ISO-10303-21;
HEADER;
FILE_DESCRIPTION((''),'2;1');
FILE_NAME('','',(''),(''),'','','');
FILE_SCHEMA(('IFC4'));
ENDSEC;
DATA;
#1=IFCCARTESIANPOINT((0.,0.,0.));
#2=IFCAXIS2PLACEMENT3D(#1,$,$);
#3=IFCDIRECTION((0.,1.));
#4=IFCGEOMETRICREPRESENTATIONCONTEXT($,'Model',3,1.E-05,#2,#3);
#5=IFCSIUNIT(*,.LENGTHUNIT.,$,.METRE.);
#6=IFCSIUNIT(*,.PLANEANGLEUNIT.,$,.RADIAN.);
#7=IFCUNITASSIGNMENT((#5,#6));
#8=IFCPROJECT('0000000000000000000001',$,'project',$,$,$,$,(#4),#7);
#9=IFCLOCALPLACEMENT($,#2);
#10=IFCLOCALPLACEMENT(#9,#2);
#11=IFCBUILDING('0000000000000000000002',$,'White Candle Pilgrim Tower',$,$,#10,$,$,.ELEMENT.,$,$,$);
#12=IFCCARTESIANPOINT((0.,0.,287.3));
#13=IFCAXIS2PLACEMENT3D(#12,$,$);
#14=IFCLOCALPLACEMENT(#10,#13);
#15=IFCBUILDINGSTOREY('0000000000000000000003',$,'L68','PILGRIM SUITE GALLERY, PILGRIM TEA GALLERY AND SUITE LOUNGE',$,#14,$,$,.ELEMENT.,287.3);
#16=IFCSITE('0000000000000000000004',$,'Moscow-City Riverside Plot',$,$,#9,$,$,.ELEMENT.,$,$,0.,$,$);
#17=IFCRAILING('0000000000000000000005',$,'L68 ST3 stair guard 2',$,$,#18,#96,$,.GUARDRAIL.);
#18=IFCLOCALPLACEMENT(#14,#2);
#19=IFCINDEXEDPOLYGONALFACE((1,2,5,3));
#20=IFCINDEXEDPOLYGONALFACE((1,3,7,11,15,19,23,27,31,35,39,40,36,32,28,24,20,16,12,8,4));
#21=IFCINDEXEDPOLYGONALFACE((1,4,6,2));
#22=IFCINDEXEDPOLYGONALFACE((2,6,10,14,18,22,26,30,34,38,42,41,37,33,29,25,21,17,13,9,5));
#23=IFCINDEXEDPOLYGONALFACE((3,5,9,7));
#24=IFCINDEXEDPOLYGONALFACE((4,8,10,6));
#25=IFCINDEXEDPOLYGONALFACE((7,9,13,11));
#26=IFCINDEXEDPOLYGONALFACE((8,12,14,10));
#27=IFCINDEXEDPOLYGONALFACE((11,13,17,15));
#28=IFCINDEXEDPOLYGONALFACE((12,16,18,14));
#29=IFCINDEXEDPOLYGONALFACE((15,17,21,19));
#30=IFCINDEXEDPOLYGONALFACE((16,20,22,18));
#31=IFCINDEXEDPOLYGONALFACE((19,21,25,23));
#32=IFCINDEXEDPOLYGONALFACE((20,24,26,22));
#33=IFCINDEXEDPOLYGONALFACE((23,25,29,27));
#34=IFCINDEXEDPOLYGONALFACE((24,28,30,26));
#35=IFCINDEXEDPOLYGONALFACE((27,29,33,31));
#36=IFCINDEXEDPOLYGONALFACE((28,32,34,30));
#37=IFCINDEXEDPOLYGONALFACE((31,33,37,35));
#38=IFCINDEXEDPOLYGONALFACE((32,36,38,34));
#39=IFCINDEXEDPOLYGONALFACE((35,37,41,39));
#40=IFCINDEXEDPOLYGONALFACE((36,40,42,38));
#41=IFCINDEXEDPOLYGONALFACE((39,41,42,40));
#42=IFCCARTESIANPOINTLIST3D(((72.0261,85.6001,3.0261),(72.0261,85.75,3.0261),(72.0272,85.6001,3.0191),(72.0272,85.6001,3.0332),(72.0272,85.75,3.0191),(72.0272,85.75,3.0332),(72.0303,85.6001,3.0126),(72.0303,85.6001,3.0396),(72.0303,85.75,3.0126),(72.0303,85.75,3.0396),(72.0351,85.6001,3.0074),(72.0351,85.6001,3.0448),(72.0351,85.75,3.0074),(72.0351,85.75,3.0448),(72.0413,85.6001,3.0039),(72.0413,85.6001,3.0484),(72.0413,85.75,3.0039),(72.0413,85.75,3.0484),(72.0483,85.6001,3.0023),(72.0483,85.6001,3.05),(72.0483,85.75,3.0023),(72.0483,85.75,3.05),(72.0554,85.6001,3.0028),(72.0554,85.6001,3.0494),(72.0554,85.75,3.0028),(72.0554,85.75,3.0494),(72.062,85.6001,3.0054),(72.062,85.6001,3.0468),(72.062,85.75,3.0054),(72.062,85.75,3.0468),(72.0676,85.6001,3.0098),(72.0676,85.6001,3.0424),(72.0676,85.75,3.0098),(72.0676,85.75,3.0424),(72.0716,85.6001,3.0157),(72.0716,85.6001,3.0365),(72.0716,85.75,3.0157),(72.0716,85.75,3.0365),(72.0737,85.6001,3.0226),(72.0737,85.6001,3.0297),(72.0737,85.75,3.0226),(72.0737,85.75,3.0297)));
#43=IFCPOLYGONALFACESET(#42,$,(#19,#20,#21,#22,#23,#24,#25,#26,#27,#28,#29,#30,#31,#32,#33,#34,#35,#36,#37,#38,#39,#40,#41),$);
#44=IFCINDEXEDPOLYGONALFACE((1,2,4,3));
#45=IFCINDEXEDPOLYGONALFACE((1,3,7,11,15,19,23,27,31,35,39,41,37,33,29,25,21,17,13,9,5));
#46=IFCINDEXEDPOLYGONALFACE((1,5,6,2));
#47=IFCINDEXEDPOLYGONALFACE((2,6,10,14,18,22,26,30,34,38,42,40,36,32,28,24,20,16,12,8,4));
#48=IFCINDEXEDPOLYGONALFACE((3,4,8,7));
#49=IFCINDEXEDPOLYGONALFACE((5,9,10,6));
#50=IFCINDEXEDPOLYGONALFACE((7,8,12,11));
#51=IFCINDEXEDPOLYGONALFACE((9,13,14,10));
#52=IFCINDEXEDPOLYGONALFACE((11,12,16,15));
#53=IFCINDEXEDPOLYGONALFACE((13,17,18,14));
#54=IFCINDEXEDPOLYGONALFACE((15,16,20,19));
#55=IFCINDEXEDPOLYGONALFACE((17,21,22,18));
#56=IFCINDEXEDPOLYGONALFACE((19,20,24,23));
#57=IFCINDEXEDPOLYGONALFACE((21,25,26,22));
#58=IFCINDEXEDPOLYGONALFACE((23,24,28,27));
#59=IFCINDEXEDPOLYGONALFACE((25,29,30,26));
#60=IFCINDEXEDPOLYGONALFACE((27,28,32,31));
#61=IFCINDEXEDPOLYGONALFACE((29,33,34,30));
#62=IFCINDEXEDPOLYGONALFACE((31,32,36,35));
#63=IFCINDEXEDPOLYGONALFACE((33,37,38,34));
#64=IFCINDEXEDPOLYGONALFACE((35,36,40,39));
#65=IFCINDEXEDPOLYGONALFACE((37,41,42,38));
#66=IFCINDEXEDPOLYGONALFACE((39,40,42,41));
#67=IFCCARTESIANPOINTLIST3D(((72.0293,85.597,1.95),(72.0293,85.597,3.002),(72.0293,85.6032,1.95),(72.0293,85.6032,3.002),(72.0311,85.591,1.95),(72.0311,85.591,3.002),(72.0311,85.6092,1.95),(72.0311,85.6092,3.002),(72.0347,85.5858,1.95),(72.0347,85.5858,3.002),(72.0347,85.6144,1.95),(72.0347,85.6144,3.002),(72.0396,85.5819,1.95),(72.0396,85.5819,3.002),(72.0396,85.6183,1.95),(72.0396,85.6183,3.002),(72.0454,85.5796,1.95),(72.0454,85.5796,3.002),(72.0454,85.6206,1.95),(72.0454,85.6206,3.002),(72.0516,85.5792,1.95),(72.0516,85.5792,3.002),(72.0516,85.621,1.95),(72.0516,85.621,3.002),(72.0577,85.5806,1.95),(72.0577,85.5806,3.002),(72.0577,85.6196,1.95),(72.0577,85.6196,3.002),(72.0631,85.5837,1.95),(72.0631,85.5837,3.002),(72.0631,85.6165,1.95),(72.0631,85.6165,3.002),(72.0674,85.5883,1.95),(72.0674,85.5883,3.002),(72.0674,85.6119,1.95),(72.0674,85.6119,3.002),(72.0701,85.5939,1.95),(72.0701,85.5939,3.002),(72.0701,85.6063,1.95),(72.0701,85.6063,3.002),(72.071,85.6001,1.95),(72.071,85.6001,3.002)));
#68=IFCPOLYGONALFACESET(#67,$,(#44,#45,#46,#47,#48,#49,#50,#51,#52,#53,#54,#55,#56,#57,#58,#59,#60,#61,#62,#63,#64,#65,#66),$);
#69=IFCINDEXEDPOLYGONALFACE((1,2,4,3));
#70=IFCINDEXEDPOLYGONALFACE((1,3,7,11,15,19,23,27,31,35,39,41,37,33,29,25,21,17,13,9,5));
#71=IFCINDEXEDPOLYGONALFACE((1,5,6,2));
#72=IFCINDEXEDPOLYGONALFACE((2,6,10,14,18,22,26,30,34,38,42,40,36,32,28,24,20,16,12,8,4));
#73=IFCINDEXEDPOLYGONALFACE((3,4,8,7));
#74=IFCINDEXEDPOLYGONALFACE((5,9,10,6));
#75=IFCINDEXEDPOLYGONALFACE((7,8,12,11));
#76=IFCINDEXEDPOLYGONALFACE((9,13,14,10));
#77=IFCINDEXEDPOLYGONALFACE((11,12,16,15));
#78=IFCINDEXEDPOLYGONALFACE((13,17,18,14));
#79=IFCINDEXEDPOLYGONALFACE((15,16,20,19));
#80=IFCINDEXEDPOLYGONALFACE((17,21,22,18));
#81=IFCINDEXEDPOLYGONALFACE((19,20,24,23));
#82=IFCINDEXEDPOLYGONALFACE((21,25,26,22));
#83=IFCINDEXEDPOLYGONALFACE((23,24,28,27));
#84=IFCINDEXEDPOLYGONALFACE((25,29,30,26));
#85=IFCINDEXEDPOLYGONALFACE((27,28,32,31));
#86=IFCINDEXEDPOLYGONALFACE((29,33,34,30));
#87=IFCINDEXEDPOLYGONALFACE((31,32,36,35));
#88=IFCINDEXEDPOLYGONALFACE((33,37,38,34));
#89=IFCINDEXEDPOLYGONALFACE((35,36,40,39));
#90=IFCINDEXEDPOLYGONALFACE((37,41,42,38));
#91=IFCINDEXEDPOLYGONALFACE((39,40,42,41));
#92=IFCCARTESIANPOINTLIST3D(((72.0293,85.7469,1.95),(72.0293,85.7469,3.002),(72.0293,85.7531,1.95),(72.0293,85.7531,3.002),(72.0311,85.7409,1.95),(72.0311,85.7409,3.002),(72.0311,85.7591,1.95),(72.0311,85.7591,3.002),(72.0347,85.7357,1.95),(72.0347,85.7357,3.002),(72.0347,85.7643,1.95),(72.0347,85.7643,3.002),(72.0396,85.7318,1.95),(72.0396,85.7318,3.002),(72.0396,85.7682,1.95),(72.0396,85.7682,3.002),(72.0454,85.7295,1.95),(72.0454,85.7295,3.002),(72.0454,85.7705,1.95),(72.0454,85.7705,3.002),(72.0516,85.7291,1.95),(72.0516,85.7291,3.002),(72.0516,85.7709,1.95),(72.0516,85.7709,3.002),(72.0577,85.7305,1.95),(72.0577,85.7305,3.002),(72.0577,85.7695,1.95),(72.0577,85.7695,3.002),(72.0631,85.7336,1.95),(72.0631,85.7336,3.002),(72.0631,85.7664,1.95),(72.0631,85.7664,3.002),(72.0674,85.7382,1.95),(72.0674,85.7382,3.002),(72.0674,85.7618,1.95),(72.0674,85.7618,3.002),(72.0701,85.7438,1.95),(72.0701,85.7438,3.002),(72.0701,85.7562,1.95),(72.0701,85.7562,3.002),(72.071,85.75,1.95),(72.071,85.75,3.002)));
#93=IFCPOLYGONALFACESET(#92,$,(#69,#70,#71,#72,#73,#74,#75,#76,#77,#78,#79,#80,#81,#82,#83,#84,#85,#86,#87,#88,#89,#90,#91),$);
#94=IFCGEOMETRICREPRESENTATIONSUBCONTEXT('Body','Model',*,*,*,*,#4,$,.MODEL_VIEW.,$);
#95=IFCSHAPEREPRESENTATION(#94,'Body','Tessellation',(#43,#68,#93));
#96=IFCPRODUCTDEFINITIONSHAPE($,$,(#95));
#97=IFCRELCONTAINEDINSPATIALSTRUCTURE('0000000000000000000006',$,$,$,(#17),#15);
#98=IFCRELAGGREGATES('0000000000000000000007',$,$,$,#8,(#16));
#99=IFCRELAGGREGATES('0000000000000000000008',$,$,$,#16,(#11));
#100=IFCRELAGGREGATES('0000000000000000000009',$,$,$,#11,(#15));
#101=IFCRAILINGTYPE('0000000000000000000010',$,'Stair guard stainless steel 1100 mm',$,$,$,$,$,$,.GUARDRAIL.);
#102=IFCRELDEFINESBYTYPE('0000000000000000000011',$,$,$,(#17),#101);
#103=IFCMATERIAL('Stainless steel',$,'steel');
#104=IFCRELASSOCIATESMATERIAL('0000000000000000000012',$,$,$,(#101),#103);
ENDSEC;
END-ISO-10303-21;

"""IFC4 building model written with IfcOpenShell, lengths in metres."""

from ifc_helpers import new_model, si_unit, direction, frame, origin, origin_2d, place, context, subcontext, project, spatial, circle, extrude, material, type_object, element, save


model = new_model("IFC4")

# Units and contexts
model_context = context("Model", 3, precision=1e-05, world=origin(), true_north=direction((0.0, 1.0)))
body_context = subcontext(model_context, "Body", "Model", "MODEL_VIEW")
ifc_project = project(units=[si_unit("LENGTHUNIT", "METRE"), si_unit("PLANEANGLEUNIT", "RADIAN")], contexts=[model_context])

# Site, building, storey
site_placement = place(None, origin())
site = spatial("IfcSite", under=ifc_project, at=site_placement, Name="Moscow-City Riverside Plot", CompositionType="ELEMENT", RefElevation=0.0)
building_placement = place(site_placement, origin())
building = spatial("IfcBuilding", under=site, at=building_placement, Name="White Candle Pilgrim Tower", CompositionType="ELEMENT")
storey_placement = place(building_placement, frame((0.0, 0.0, 287.3)))
storey = spatial("IfcBuildingStorey", under=building, at=storey_placement, Name="L68", Description="PILGRIM SUITE GALLERY, PILGRIM TEA GALLERY AND SUITE LOUNGE", CompositionType="ELEMENT", Elevation=287.3)

# Railing
ifc_material_1 = material(Name="Stainless steel", Category="steel")
railing_type_1 = type_object("IfcRailingType", Name="Stair guard stainless steel 1100 mm", PredefinedType="GUARDRAIL", material=ifc_material_1)
railing_1_placement = place(storey_placement, frame((72.05, 85.6001, 1.95)))
element("IfcRailing", 1, at=railing_1_placement, inside=storey, type_object=railing_type_1, Name="L68 ST3 stair guard 2", PredefinedType="GUARDRAIL", context=body_context, shape_type="SweptSolid", body=[
    extrude(circle(Radius=0.0239, at=origin_2d()), frame((0.0, 0.0, 1.0762), z_axis=(0.0, 1.0, 0.0), x_axis=(-1.0, 0.0, 0.0)), (0.0, 0.0, 1.0), 0.1499),
    extrude(circle(Radius=0.021, at=origin_2d()), origin(), (0.0, 0.0, 1.0), 1.052),
    extrude(circle(Radius=0.021, at=origin_2d()), frame((0.0, 0.1499, 0.0)), (0.0, 0.0, 1.0), 1.052),
])

save(model, "model.ifc")
